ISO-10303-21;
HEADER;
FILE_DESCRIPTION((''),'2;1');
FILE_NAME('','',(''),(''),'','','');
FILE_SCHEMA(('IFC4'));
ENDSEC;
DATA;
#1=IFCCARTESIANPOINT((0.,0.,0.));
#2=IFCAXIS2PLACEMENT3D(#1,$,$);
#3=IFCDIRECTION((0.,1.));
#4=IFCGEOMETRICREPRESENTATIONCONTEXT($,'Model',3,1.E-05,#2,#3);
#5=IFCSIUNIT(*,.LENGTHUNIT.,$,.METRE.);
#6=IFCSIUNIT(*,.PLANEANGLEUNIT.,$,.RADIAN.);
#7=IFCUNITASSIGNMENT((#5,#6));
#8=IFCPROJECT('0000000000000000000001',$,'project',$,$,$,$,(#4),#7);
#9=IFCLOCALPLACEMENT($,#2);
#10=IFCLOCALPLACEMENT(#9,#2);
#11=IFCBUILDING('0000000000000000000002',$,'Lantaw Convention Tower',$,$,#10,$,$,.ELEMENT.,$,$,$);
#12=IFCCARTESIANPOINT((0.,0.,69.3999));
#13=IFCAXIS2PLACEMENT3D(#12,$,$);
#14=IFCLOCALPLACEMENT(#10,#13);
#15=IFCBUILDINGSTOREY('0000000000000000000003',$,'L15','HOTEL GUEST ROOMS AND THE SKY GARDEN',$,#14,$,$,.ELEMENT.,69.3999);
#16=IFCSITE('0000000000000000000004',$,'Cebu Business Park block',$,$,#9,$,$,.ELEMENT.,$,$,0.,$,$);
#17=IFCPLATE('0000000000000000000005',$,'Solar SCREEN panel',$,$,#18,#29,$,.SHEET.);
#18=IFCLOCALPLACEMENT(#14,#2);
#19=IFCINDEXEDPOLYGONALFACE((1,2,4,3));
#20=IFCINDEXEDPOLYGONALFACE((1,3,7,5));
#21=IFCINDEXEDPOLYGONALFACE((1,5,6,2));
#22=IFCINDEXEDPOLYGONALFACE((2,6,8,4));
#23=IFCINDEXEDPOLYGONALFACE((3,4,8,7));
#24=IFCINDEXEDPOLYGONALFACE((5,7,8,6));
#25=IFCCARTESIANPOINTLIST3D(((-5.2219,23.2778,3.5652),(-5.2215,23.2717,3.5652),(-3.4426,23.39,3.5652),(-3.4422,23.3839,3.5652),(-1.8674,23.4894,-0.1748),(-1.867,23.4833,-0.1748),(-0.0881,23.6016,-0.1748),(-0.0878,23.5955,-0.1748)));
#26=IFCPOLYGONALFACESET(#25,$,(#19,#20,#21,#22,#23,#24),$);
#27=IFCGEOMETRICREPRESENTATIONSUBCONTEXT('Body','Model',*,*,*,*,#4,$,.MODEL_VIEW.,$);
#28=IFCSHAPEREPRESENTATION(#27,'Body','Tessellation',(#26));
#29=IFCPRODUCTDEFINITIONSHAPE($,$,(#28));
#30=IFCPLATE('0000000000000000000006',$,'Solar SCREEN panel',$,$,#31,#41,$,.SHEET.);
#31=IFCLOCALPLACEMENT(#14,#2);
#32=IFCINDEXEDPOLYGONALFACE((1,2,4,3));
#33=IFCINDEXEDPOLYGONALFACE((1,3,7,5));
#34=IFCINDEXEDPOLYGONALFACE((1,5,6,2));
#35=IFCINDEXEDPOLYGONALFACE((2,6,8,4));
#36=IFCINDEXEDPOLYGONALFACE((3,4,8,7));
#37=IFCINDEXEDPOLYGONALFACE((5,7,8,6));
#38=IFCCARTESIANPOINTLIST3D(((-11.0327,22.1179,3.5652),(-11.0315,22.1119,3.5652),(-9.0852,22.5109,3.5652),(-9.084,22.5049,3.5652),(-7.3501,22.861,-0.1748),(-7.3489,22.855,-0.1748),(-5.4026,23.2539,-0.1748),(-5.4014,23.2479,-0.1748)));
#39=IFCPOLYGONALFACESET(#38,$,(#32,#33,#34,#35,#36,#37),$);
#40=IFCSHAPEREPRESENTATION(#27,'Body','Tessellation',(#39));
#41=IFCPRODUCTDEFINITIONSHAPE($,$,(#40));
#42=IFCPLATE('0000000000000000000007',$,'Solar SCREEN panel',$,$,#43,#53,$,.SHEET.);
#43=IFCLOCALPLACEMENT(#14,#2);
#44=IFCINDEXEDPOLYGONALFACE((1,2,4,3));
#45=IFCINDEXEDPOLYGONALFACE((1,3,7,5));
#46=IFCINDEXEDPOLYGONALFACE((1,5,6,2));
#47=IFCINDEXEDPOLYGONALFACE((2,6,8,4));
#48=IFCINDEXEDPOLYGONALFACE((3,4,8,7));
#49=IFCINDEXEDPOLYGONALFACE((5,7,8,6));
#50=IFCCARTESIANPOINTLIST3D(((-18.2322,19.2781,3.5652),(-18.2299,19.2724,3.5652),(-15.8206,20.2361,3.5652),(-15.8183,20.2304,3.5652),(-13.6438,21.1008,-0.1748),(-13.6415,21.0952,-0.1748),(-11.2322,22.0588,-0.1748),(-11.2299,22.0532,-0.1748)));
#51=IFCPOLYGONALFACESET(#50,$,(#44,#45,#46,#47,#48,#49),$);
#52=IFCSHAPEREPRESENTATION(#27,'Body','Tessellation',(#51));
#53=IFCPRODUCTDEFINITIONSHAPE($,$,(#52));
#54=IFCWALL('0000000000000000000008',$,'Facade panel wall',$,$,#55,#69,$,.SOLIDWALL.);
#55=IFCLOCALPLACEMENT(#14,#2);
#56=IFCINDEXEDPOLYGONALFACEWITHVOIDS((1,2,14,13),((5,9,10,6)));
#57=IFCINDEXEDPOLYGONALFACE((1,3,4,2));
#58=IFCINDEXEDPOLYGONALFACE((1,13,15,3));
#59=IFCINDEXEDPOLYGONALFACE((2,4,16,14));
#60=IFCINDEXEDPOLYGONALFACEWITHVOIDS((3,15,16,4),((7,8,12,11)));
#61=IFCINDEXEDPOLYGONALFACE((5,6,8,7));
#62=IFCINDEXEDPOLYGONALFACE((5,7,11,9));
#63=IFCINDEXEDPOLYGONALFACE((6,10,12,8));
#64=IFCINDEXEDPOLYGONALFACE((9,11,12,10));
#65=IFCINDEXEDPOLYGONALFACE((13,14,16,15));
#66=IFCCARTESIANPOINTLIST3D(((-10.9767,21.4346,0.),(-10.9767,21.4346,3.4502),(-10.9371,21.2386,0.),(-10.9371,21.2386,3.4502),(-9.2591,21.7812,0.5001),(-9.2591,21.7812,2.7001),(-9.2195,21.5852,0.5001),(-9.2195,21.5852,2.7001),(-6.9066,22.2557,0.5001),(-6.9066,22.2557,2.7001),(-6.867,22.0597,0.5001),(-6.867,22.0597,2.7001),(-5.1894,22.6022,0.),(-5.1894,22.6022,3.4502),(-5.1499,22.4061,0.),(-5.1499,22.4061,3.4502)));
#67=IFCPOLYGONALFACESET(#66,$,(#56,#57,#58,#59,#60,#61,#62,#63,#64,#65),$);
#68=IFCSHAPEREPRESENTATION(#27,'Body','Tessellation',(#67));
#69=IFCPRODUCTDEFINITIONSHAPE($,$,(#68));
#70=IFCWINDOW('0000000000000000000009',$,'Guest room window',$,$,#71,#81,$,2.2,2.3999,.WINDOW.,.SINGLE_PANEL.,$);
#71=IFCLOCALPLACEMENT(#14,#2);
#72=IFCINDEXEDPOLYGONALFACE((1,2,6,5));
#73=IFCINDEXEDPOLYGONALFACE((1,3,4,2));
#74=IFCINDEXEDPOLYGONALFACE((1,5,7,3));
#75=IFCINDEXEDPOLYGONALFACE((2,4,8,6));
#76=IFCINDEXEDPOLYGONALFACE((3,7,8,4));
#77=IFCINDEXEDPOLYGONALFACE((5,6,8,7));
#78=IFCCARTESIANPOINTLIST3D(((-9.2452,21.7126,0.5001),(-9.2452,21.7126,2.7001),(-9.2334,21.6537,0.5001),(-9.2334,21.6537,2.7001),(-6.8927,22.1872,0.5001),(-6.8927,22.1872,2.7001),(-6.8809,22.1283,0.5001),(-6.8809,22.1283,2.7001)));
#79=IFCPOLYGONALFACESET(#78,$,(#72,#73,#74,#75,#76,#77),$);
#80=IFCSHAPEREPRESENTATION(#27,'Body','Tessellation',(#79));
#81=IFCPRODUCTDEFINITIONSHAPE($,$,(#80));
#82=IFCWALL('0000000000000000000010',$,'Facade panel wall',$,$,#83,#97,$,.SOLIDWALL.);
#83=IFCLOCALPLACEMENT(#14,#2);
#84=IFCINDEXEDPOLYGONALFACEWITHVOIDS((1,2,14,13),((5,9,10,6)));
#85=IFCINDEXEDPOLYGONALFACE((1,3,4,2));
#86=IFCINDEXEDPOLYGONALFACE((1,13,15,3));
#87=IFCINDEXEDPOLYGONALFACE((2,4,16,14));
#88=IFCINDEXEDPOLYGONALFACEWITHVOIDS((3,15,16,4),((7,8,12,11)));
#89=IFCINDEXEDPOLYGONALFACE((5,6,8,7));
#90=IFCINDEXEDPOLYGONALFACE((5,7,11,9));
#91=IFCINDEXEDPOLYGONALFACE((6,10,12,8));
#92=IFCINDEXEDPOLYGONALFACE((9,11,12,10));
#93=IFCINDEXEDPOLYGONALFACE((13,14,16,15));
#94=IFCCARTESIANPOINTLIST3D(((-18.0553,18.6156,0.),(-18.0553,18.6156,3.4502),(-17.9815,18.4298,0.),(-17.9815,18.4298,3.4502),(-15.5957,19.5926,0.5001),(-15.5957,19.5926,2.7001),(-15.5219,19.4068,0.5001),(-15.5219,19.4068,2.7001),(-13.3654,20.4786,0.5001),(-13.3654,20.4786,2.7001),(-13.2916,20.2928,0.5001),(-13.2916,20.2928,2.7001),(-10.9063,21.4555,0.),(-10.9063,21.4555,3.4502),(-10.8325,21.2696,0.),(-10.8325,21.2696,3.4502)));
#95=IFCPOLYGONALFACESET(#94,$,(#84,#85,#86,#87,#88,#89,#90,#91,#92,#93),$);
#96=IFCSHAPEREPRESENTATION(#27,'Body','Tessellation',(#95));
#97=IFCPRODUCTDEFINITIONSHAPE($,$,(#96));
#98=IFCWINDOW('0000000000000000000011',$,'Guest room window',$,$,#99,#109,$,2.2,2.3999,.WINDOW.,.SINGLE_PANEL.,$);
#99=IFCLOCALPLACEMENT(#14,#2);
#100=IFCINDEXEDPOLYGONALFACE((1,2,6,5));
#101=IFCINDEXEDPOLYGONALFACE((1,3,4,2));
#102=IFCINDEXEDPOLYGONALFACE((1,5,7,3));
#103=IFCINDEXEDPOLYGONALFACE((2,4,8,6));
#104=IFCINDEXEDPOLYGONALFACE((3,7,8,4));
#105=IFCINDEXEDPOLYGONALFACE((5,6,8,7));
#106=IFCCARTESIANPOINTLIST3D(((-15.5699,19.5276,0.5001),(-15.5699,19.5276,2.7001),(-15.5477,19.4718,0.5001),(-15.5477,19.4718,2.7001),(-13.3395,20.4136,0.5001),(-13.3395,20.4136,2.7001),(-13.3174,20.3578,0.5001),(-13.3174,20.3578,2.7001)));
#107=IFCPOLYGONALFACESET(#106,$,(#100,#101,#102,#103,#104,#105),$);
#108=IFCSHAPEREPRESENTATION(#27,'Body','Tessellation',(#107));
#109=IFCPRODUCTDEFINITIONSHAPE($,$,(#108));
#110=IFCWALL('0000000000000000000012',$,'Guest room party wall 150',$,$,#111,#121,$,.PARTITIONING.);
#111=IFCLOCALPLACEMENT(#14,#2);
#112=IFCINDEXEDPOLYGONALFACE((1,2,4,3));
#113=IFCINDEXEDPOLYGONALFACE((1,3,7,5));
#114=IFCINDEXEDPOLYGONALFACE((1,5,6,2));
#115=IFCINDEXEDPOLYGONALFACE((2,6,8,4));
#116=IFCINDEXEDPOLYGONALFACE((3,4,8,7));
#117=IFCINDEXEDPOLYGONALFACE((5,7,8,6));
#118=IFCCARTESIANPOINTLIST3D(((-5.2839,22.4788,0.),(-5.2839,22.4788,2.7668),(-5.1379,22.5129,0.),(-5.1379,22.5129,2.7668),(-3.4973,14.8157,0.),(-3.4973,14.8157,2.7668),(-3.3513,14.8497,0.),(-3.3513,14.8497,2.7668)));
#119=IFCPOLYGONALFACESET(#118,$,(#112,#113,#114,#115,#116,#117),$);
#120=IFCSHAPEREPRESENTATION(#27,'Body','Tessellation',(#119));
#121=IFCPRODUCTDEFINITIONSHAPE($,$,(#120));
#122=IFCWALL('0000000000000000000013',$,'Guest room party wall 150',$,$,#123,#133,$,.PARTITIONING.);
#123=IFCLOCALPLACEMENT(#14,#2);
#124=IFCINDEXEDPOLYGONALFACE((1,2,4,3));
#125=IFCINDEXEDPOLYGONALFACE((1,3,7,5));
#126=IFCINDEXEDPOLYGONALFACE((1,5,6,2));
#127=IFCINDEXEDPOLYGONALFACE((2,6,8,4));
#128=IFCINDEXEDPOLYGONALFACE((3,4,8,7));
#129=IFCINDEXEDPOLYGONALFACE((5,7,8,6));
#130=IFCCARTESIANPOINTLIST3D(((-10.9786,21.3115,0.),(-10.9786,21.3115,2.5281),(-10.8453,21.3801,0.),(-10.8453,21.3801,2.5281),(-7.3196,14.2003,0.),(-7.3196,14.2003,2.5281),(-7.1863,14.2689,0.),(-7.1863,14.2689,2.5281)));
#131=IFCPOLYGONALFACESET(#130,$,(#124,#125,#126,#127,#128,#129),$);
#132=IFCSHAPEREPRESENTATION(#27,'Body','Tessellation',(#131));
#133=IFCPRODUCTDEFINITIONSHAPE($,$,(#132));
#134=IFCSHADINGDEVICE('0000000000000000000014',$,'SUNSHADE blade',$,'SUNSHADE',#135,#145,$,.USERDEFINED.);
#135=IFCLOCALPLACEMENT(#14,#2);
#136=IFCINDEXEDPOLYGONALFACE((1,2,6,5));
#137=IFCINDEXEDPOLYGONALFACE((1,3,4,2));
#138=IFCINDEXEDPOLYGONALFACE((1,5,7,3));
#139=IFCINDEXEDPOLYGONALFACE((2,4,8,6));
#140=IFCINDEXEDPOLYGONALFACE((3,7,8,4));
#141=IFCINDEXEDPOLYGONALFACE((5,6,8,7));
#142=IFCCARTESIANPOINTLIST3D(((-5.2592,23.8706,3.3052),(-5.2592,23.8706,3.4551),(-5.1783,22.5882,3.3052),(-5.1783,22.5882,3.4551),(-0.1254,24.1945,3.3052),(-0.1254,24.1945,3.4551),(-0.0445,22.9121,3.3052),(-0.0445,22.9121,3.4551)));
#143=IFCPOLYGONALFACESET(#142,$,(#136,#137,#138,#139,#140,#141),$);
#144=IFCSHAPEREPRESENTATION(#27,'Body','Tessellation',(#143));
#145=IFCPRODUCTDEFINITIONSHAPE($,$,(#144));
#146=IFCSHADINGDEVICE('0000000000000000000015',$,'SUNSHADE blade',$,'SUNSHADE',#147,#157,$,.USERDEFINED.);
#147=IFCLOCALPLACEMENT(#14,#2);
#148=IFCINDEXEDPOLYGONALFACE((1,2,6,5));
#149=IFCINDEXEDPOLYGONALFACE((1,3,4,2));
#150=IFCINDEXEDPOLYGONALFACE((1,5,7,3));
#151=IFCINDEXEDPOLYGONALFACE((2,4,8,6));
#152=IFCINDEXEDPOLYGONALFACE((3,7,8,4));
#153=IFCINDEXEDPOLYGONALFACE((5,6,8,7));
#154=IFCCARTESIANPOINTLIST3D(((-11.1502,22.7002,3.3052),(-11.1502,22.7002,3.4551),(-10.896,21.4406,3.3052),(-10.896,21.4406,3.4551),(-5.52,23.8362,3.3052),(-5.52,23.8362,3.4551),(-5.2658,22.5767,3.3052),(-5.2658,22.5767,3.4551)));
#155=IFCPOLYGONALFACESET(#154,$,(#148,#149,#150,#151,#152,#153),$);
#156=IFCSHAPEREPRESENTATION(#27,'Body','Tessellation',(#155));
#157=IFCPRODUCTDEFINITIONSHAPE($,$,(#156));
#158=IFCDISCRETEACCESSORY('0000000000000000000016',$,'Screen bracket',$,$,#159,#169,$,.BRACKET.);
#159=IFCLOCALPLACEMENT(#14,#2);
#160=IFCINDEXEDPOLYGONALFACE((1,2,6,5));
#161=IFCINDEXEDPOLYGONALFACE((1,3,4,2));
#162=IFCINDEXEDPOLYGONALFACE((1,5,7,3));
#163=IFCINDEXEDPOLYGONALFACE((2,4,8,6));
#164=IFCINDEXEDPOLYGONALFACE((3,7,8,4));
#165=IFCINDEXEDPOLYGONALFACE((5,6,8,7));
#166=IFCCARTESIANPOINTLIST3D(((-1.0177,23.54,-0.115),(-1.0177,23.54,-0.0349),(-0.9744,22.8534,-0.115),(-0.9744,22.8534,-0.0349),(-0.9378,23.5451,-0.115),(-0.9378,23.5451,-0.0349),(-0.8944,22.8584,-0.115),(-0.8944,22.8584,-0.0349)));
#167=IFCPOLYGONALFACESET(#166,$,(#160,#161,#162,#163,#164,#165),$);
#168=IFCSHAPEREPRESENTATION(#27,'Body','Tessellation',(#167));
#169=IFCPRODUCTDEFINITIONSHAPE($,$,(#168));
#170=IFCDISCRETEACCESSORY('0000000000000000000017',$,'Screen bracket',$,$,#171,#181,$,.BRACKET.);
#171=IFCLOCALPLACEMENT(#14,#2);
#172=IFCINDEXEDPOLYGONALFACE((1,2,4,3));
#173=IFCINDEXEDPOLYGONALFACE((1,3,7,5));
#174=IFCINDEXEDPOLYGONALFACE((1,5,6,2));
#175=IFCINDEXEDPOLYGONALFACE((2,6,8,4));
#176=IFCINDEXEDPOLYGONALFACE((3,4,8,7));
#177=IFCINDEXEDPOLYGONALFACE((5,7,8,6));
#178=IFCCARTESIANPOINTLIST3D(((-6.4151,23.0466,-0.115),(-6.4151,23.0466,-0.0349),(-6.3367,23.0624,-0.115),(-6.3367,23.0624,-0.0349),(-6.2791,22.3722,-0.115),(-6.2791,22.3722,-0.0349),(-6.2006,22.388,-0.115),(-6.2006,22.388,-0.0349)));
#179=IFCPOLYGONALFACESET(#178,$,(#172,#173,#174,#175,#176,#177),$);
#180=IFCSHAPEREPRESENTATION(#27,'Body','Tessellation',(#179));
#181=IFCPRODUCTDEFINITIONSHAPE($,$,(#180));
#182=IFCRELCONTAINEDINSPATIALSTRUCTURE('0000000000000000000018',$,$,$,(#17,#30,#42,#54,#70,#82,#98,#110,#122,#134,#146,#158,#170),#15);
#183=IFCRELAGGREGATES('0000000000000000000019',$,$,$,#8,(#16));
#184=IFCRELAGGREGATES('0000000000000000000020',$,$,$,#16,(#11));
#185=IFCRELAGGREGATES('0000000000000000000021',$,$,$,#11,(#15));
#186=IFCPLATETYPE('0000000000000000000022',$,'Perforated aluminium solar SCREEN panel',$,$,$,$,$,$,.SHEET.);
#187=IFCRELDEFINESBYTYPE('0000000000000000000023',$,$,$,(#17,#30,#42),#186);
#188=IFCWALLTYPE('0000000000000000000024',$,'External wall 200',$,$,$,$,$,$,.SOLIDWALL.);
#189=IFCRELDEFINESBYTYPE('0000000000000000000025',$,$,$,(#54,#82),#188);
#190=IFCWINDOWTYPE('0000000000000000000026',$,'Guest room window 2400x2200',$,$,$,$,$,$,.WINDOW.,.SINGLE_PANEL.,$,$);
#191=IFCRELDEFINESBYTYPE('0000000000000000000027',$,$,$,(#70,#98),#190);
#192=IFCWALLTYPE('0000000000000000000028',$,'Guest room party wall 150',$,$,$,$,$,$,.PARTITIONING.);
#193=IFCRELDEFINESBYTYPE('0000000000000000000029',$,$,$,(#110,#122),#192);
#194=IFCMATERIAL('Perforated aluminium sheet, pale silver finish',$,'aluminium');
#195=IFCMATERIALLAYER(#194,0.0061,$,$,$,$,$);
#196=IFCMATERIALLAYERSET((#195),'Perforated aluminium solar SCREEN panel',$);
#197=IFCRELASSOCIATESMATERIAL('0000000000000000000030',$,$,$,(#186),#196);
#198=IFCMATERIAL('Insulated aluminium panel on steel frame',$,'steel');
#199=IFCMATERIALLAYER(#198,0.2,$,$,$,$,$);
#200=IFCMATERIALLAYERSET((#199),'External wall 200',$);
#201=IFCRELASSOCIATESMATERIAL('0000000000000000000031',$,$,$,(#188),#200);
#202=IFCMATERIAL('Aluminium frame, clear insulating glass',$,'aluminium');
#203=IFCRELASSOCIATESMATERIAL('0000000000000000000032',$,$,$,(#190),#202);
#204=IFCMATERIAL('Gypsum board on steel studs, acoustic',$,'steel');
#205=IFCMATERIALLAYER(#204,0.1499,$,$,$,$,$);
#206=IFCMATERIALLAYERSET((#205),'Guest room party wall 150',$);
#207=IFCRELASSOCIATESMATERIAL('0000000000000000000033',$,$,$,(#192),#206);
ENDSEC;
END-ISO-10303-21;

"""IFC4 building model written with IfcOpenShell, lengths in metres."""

from ifc_helpers import new_model, si_unit, direction, frame, frame_2d, origin, origin_2d, place, context, subcontext, project, spatial, polyline, rectangle, outline, extrude, material, layer, layer_set, type_object, element, fill, save


model = new_model("IFC4")

# Units and contexts
model_context = context("Model", 3, precision=1e-05, world=origin(), true_north=direction((0.0, 1.0)))
body_context = subcontext(model_context, "Body", "Model", "MODEL_VIEW")
ifc_project = project(units=[si_unit("LENGTHUNIT", "METRE"), si_unit("PLANEANGLEUNIT", "RADIAN")], contexts=[model_context])

# Site, building, storey
site_placement = place(None, origin())
site = spatial("IfcSite", under=ifc_project, at=site_placement, Name="Cebu Business Park block", CompositionType="ELEMENT", RefElevation=0.0)
building_placement = place(site_placement, origin())
building = spatial("IfcBuilding", under=site, at=building_placement, Name="Lantaw Convention Tower", CompositionType="ELEMENT")
storey_placement = place(building_placement, frame((0.0, 0.0, 69.3999)))
storey = spatial("IfcBuildingStorey", under=building, at=storey_placement, Name="L15", Description="HOTEL GUEST ROOMS AND THE SKY GARDEN", CompositionType="ELEMENT", Elevation=69.3999)

# Plates
ifc_material_1 = material(Name="Perforated aluminium sheet, pale silver finish", Category="aluminium")
ifc_layer_1 = layer(ifc_material_1, 0.0061)
ifc_layer_set_1 = layer_set([ifc_layer_1], Name="Perforated aluminium solar SCREEN panel")
plate_type = type_object("IfcPlateType", Name="Perforated aluminium solar SCREEN panel", PredefinedType="SHEET", material=ifc_layer_set_1)
plate_1_placement = place(storey_placement, frame((-0.0881, 23.6016, -0.1748), z_axis=(-0.062924, 0.998018, 0.000014), x_axis=(-0.998018, -0.062924, 0.0)))
element("IfcPlate", 1, at=plate_1_placement, inside=storey, type_object=plate_type, Name="Solar SCREEN panel", PredefinedType="SHEET", context=body_context, shape_type="SweptSolid", body=[
    extrude(outline(polyline([(0.0, 0.0), (1.7828, 0.0), (5.144, 3.74), (3.3611, 3.74), (0.0, 0.0)])), origin(), (0.0, 0.0, -1.0), 0.0061),
])
plate_2_placement = place(storey_placement, frame((-5.4026, 23.2539, -0.1748), z_axis=(-0.197782, 0.980246, 0.000002), x_axis=(-0.980246, -0.197782, 0.0)))
element("IfcPlate", 2, at=plate_2_placement, inside=storey, type_object=plate_type, Name="Solar SCREEN panel", PredefinedType="SHEET", context=body_context, shape_type="SweptSolid", body=[
    extrude(outline(polyline([(0.0, 0.0), (1.9867, 0.0), (5.7436, 3.74), (3.7568, 3.74), (0.0, 0.0)])), origin(), (0.0, 0.0, -1.0), 0.0061),
])
plate_3_placement = place(storey_placement, frame((-11.2322, 22.0588, -0.1748), z_axis=(-0.369184, 0.929357, 0.000009), x_axis=(-0.929357, -0.369184, 0.0)))
element("IfcPlate", 3, at=plate_3_placement, inside=storey, type_object=plate_type, Name="Solar SCREEN panel", PredefinedType="SHEET", context=body_context, shape_type="SweptSolid", body=[
    extrude(outline(polyline([(0.0, 0.0), (2.5949, 0.0), (7.5321, 3.74), (4.9372, 3.74), (0.0, 0.0)])), origin(), (0.0, 0.0, -1.0), 0.0061),
])

# Walls, openings, windows
ifc_material_2 = material(Name="Insulated aluminium panel on steel frame", Category="steel")
ifc_layer_2 = layer(ifc_material_2, 0.2)
ifc_layer_set_2 = layer_set([ifc_layer_2], Name="External wall 200")
wall_type_1 = type_object("IfcWallType", Name="External wall 200", PredefinedType="SOLIDWALL", material=ifc_layer_set_2)
wall_1_placement = place(storey_placement, frame((-5.1697, 22.5042, 0.0), z_axis=(0.0, 0.0, 1.0), x_axis=(-0.980252, -0.197754, 0.0)))
wall_1 = element("IfcWall", 4, at=wall_1_placement, inside=storey, type_object=wall_type_1, Name="Facade panel wall", PredefinedType="SOLIDWALL", context=body_context, shape_type="SweptSolid", body=[
    extrude(rectangle(XDim=5.9038, YDim=0.2, at=frame_2d((2.9519, 0.0))), origin(), (0.0, 0.0, 1.0), 3.4502),
])
opening_1_placement = place(wall_1_placement, frame((1.7517, 0.0, 0.5)))
opening_1 = element("IfcOpeningElement", 5, at=opening_1_placement, cuts=wall_1, PredefinedType="OPENING", context=body_context, shape_type="SweptSolid", body=[
    extrude(rectangle(XDim=2.3999, YDim=2.2, at=frame_2d((1.2, 1.1001))), frame((0.0, 0.1099, 0.0), z_axis=(0.0, -1.0, 0.0), x_axis=(1.0, 0.0, 0.0)), (0.0, 0.0, 1.0), 0.22),
])
ifc_material_3 = material(Name="Aluminium frame, clear insulating glass", Category="aluminium")
window_type = type_object("IfcWindowType", Name="Guest room window 2400x2200", PartitioningType="SINGLE_PANEL", PredefinedType="WINDOW", material=ifc_material_3)
window_1_placement = place(opening_1_placement, origin())
window_1 = element("IfcWindow", 6, at=window_1_placement, inside=storey, type_object=window_type, Name="Guest room window", OverallHeight=2.2, OverallWidth=2.3999, PartitioningType="SINGLE_PANEL", PredefinedType="WINDOW", context=body_context, shape_type="SweptSolid", body=[
    extrude(rectangle(XDim=2.3999, YDim=2.2, at=frame_2d((1.2, 1.1001))), frame((0.0, 0.03, 0.0), z_axis=(0.0, -1.0, 0.0), x_axis=(1.0, 0.0, 0.0)), (0.0, 0.0, 1.0), 0.0601),
])
fill(opening_1, window_1)
wall_2_placement = place(storey_placement, frame((-10.8694, 21.3625, 0.0), z_axis=(0.0, 0.0, 1.0), x_axis=(-0.929358, -0.369179, 0.0)))
wall_2 = element("IfcWall", 7, at=wall_2_placement, inside=storey, type_object=wall_type_1, Name="Facade panel wall", PredefinedType="SOLIDWALL", context=body_context, shape_type="SweptSolid", body=[
    extrude(rectangle(XDim=7.6924, YDim=0.2, at=frame_2d((3.8462, 0.0))), origin(), (0.0, 0.0, 1.0), 3.4502),
])
opening_2_placement = place(wall_2_placement, frame((2.646, 0.0, 0.5)))
opening_2 = element("IfcOpeningElement", 8, at=opening_2_placement, cuts=wall_2, PredefinedType="OPENING", context=body_context, shape_type="SweptSolid", body=[
    extrude(rectangle(XDim=2.3999, YDim=2.2, at=frame_2d((1.2, 1.1001))), frame((0.0, 0.1099, 0.0), z_axis=(0.0, -1.0, 0.0), x_axis=(1.0, 0.0, 0.0)), (0.0, 0.0, 1.0), 0.22),
])
window_2_placement = place(opening_2_placement, origin())
window_2 = element("IfcWindow", 9, at=window_2_placement, inside=storey, type_object=window_type, Name="Guest room window", OverallHeight=2.2, OverallWidth=2.3999, PartitioningType="SINGLE_PANEL", PredefinedType="WINDOW", context=body_context, shape_type="SweptSolid", body=[
    extrude(rectangle(XDim=2.3999, YDim=2.2, at=frame_2d((1.2, 1.1001))), frame((0.0, 0.03, 0.0), z_axis=(0.0, -1.0, 0.0), x_axis=(1.0, 0.0, 0.0)), (0.0, 0.0, 1.0), 0.0601),
])
fill(opening_2, window_2)

# Walls
ifc_material_4 = material(Name="Gypsum board on steel studs, acoustic", Category="steel")
ifc_layer_3 = layer(ifc_material_4, 0.1499)
ifc_layer_set_3 = layer_set([ifc_layer_3], Name="Guest room party wall 150")
wall_type_2 = type_object("IfcWallType", Name="Guest room party wall 150", PredefinedType="PARTITIONING", material=ifc_layer_set_3)
wall_3_placement = place(storey_placement, frame((-5.2109, 22.4958, 0.0), z_axis=(0.0, 0.0, 1.0), x_axis=(0.227057, -0.973881, 0.0)))
element("IfcWall", 10, at=wall_3_placement, inside=storey, type_object=wall_type_2, Name="Guest room party wall 150", PredefinedType="PARTITIONING", context=body_context, shape_type="SweptSolid", body=[
    extrude(rectangle(XDim=7.8687, YDim=0.1499, at=frame_2d((3.9343, 0.0))), origin(), (0.0, 0.0, 1.0), 2.7668),
])
wall_4_placement = place(storey_placement, frame((-10.9119, 21.3457, 0.0), z_axis=(0.0, 0.0, 1.0), x_axis=(0.457527, -0.889196, 0.0)))
element("IfcWall", 11, at=wall_4_placement, inside=storey, type_object=wall_type_2, Name="Guest room party wall 150", PredefinedType="PARTITIONING", context=body_context, shape_type="SweptSolid", body=[
    extrude(rectangle(XDim=7.9973, YDim=0.1499, at=frame_2d((3.9985, 0.0))), origin(), (0.0, 0.0, 1.0), 2.5281),
])

# Shading devices
shading_device_1_placement = place(storey_placement, frame((-2.6519, 23.3914, 3.3052), z_axis=(0.0, 0.0, 1.0), x_axis=(-0.998016, -0.062958, 0.0)))
element("IfcShadingDevice", 12, at=shading_device_1_placement, inside=storey, Name="SUNSHADE blade", ObjectType="SUNSHADE", PredefinedType="USERDEFINED", context=body_context, shape_type="SweptSolid", body=[
    extrude(rectangle(XDim=5.144, YDim=1.2849, at=origin_2d()), origin(), (0.0, 0.0, 1.0), 0.1499),
])
shading_device_2_placement = place(storey_placement, frame((-8.208, 22.6384, 3.3052), z_axis=(0.0, 0.0, 1.0), x_axis=(-0.980245, -0.197789, 0.0)))
element("IfcShadingDevice", 13, at=shading_device_2_placement, inside=storey, Name="SUNSHADE blade", ObjectType="SUNSHADE", PredefinedType="USERDEFINED", context=body_context, shape_type="SweptSolid", body=[
    extrude(rectangle(XDim=5.7437, YDim=1.2849, at=origin_2d()), origin(), (0.0, 0.0, 1.0), 0.1499),
])

# Discrete accessories
for number, where, z_axis, x_axis, name in (
    (14, (-0.9561, 23.1992, -0.115), (0.0, 0.0, 1.0), (-0.998016, -0.062958, 0.0), "Screen bracket"),
    (15, (-6.3079, 22.7173, -0.115), (0.0, 0.0, 1.0), (-0.980245, -0.197789, 0.0), "Screen bracket"),
):
    element("IfcDiscreteAccessory", number, at=place(storey_placement, frame(where, z_axis=z_axis, x_axis=x_axis)), inside=storey, Name=name, PredefinedType="BRACKET", context=body_context, shape_type="SweptSolid", body=[
        extrude(rectangle(XDim=0.0801, YDim=0.688, at=origin_2d()), origin(), (0.0, 0.0, 1.0), 0.0801),
    ])

save(model, "model.ifc")
